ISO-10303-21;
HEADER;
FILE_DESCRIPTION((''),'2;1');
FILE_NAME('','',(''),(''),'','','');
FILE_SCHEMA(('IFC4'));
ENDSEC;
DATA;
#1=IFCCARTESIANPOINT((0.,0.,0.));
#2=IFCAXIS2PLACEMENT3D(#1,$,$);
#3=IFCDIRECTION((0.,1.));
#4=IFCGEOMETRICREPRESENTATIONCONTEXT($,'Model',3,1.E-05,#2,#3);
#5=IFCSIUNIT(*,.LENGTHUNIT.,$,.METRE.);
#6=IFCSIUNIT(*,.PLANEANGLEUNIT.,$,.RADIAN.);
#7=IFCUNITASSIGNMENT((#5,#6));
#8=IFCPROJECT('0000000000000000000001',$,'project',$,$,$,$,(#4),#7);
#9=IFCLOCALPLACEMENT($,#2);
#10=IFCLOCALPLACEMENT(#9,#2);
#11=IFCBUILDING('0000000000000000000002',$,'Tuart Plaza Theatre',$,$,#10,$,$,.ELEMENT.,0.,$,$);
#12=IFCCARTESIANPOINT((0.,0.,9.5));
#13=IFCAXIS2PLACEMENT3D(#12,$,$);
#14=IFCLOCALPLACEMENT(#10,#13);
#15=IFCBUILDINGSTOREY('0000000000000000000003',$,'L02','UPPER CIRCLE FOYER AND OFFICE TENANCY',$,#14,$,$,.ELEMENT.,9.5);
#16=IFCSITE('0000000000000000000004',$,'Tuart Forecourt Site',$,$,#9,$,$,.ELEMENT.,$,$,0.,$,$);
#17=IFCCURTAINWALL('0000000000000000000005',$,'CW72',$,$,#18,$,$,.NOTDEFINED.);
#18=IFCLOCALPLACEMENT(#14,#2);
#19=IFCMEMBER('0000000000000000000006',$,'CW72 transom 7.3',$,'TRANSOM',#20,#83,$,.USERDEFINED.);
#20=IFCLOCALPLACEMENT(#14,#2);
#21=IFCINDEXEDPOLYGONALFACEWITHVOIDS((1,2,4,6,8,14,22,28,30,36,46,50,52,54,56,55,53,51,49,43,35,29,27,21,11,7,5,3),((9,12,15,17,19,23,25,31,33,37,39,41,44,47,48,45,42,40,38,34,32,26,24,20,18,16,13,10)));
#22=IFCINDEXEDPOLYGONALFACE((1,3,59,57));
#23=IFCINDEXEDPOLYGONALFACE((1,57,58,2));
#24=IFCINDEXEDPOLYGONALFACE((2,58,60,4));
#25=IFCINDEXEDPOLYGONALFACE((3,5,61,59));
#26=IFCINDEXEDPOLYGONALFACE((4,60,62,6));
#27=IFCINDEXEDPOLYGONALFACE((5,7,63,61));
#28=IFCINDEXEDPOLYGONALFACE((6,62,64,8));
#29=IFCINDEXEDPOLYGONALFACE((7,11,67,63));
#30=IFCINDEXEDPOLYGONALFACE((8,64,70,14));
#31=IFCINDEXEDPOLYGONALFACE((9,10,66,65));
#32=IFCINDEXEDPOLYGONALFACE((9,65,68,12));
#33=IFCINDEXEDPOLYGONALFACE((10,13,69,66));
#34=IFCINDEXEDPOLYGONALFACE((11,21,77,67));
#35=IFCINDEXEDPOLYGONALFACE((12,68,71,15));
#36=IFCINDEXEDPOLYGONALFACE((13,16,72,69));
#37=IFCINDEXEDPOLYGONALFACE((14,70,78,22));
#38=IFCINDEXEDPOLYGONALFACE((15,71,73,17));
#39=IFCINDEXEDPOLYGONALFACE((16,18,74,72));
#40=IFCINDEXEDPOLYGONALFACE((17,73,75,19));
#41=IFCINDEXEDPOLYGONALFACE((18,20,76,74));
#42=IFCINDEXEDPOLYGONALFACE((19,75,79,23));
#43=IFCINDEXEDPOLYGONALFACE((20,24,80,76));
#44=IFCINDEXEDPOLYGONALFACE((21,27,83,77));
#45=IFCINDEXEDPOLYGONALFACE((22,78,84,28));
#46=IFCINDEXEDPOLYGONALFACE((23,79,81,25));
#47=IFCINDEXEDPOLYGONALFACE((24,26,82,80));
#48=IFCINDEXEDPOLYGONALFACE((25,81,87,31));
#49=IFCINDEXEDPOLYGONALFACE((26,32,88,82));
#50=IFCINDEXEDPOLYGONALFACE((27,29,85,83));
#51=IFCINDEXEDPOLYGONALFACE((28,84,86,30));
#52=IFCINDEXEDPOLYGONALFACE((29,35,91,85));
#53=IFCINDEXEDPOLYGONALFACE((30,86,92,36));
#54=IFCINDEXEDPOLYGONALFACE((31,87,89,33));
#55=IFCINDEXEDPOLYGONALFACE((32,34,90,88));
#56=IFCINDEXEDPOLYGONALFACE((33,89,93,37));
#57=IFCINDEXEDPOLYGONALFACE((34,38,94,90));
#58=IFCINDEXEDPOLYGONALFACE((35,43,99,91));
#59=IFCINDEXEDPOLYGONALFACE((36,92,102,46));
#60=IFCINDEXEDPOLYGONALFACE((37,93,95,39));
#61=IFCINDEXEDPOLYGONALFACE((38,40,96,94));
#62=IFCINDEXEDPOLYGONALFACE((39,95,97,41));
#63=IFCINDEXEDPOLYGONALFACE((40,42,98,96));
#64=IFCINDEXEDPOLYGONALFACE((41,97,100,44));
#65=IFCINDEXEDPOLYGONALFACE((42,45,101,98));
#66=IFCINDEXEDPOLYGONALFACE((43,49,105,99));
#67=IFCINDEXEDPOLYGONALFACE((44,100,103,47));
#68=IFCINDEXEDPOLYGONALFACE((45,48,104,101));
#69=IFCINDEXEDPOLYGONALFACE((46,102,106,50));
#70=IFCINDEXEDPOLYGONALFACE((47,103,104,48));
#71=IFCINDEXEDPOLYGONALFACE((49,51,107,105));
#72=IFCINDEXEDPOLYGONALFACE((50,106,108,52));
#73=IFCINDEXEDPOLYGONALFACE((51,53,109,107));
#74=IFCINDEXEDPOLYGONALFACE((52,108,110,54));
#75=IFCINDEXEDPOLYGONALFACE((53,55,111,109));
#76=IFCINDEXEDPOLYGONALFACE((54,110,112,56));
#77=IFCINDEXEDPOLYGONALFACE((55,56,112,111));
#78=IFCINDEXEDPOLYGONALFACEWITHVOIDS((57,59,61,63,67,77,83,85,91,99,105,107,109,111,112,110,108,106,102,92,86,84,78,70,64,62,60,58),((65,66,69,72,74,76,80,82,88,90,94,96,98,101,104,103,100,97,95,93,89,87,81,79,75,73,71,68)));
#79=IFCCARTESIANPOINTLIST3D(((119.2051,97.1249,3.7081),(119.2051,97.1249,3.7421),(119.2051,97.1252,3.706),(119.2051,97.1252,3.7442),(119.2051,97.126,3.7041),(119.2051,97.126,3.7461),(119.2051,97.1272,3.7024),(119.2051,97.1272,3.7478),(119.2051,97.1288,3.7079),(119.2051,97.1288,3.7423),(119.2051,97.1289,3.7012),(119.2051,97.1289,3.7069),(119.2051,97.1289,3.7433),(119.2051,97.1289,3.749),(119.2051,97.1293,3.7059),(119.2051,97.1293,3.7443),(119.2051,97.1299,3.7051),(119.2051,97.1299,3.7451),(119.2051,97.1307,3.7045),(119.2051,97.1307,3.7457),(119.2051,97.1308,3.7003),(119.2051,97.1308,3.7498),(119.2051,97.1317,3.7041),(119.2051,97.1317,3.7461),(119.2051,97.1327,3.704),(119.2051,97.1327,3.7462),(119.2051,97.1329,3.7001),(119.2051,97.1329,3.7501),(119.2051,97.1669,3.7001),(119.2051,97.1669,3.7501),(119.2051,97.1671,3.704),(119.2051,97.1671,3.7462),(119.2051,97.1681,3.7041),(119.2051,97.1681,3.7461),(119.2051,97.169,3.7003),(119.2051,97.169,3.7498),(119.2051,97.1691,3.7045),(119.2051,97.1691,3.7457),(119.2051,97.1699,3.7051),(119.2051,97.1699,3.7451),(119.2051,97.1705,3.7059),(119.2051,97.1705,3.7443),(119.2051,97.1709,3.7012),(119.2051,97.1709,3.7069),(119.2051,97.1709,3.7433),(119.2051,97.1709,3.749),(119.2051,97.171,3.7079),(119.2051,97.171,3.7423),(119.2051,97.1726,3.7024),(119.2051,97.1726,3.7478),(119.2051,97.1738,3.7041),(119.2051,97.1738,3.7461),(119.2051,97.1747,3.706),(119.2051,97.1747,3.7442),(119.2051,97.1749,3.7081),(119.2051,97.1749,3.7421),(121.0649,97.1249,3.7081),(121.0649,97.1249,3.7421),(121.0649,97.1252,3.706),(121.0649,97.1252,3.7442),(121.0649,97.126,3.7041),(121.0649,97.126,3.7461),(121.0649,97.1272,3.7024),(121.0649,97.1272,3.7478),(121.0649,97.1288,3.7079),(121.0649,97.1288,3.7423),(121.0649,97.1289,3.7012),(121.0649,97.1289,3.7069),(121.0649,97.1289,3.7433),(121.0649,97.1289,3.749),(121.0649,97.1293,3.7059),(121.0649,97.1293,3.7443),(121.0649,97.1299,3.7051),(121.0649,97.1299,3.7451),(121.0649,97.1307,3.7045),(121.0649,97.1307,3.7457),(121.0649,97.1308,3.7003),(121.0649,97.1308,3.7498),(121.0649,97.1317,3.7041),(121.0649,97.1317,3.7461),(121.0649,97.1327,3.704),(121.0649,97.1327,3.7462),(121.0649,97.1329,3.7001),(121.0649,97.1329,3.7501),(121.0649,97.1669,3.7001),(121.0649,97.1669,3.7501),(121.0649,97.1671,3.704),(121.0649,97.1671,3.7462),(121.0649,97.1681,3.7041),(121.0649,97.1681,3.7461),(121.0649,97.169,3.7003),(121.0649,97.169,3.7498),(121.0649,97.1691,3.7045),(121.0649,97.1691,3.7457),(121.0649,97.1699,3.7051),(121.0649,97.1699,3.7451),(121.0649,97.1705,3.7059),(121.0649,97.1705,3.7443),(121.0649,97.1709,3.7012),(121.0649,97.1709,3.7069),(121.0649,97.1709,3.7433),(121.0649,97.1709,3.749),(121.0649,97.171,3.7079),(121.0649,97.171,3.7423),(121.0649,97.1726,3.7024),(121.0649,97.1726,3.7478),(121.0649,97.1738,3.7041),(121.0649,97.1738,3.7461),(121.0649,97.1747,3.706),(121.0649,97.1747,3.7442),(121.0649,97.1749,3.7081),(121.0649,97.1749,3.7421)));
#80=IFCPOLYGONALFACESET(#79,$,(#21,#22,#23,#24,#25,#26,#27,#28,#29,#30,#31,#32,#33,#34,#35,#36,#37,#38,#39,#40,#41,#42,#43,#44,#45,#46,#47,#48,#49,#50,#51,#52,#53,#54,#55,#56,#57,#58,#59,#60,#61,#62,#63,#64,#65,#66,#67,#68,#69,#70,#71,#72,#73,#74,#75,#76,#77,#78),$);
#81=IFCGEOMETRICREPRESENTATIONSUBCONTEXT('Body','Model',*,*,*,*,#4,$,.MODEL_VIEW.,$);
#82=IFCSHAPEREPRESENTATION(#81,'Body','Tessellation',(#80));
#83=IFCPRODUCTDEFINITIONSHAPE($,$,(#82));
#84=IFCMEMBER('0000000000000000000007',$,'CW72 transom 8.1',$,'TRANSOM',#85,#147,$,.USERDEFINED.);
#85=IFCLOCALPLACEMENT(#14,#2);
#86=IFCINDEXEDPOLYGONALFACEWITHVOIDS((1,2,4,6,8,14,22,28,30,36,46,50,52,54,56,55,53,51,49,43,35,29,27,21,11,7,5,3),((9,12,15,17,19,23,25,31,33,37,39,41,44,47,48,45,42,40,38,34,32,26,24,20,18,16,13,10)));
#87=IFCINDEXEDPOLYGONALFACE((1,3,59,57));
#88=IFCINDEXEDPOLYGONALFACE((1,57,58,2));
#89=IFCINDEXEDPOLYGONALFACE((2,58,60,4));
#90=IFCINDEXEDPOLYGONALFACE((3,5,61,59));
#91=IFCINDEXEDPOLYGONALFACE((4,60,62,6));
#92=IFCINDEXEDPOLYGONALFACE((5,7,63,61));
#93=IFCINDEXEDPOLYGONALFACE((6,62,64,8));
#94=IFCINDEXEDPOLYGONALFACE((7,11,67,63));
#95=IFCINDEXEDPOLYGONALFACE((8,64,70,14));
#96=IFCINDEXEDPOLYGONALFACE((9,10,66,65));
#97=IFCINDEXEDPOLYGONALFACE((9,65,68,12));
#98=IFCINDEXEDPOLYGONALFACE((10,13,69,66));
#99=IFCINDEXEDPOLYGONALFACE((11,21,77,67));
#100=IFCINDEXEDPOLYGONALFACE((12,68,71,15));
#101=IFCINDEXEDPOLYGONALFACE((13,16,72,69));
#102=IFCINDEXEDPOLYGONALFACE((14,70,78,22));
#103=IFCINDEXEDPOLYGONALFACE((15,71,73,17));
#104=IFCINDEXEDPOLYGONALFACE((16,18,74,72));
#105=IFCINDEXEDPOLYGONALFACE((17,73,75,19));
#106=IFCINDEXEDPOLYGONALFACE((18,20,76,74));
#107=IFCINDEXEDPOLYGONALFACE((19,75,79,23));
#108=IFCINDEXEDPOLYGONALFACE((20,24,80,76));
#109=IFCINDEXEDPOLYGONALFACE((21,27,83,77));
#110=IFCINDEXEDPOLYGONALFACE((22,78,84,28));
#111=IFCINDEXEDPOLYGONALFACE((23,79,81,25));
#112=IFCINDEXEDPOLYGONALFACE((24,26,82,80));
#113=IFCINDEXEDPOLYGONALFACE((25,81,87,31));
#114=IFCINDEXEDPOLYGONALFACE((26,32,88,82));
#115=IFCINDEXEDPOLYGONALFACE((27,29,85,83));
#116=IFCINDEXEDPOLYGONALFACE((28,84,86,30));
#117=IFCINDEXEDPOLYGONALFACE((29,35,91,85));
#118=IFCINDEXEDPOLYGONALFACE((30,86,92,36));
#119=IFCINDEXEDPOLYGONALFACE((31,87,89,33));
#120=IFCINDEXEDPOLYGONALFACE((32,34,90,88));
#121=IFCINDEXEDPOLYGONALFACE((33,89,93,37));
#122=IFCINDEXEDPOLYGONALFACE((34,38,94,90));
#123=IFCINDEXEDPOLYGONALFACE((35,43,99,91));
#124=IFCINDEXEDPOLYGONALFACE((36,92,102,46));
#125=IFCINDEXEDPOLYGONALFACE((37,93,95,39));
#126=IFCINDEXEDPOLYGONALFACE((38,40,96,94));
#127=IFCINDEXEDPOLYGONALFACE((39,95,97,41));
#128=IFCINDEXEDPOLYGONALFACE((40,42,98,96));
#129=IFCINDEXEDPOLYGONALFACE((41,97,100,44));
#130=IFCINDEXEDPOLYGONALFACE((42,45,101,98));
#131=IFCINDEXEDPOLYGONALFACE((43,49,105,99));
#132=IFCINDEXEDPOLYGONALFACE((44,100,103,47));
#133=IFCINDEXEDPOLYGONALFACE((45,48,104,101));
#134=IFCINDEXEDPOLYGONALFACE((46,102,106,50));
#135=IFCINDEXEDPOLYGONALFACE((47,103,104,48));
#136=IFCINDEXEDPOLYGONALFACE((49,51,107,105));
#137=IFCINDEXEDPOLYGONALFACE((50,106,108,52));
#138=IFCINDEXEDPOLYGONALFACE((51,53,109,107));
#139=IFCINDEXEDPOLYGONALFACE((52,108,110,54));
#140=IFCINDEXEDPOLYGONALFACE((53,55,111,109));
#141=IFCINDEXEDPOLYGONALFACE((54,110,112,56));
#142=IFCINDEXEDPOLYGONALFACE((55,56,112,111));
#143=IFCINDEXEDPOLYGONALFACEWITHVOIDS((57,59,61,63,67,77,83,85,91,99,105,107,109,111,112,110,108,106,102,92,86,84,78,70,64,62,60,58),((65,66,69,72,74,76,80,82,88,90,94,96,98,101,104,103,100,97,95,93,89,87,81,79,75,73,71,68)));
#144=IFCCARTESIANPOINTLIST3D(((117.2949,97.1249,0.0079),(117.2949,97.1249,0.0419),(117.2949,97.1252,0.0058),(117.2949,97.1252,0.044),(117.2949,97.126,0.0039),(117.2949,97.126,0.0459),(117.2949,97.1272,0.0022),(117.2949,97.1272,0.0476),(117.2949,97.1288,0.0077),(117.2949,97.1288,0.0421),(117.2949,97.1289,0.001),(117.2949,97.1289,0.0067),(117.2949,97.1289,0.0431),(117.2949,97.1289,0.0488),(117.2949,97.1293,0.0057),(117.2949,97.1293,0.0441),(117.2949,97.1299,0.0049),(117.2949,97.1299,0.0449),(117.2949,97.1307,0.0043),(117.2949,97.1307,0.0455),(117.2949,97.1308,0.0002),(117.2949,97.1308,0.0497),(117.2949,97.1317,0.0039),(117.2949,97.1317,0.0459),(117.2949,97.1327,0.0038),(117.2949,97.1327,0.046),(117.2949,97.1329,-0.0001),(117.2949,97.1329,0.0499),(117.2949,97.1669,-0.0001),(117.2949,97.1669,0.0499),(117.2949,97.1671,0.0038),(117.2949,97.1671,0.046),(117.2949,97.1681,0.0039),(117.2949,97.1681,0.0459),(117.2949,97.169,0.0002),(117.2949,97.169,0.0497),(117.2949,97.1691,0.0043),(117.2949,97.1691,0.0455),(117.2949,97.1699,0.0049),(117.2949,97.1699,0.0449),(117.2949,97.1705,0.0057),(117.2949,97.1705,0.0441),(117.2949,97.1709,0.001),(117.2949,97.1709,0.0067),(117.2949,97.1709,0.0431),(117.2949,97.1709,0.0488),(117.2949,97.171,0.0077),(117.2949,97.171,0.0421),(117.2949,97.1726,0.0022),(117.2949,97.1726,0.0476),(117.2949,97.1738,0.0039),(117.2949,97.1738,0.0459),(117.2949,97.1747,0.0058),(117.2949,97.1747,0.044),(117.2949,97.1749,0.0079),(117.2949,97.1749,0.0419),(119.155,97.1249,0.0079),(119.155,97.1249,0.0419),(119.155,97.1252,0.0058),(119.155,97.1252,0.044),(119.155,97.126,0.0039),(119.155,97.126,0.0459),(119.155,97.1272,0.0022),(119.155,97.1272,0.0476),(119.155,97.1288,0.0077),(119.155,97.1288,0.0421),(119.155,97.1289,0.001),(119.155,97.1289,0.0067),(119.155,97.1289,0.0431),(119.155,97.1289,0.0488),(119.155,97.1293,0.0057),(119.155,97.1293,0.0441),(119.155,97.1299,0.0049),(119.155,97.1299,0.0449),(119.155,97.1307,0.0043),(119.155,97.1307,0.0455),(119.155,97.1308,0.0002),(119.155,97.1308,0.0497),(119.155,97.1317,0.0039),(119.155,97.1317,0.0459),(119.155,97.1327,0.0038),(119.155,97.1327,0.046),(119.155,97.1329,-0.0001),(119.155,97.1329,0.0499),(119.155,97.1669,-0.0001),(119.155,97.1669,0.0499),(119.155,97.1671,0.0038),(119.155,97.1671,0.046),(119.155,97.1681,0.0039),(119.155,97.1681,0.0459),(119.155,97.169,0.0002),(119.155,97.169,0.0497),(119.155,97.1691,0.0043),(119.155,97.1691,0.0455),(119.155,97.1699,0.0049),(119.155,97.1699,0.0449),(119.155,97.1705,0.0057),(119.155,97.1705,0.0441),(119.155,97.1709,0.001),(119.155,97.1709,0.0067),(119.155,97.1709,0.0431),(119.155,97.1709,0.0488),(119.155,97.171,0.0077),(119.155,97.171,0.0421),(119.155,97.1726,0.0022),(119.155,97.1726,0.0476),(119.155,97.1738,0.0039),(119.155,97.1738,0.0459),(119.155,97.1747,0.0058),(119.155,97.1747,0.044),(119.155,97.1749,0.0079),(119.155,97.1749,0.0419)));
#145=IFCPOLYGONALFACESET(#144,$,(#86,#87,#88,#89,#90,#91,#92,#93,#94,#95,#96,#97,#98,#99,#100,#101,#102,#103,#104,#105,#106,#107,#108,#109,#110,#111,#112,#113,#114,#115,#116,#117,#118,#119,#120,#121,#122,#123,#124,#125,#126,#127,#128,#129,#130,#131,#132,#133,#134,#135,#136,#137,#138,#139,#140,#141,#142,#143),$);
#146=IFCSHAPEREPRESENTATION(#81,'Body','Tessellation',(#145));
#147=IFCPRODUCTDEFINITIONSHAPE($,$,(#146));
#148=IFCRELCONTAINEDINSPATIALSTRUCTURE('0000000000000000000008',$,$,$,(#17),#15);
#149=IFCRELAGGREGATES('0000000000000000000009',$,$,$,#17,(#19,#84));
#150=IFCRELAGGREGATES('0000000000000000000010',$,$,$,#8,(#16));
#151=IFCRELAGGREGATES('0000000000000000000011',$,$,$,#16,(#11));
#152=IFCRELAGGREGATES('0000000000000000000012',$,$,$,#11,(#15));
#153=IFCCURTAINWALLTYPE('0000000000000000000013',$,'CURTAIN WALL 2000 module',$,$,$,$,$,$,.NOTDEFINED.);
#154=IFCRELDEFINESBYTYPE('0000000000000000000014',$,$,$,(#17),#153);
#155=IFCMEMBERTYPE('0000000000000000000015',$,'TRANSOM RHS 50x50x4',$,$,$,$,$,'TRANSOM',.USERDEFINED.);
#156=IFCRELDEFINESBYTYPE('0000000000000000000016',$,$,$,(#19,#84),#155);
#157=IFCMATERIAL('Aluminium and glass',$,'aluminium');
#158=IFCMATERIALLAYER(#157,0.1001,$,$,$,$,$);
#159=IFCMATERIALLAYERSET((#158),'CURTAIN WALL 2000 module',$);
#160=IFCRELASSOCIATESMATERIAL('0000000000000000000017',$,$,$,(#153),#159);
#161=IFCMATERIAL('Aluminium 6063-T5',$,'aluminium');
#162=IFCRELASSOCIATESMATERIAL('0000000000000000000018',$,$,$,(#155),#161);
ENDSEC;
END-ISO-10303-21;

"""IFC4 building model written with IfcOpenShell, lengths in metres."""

from ifc_helpers import new_model, si_unit, direction, frame, origin, origin_2d, place, context, subcontext, project, spatial, hollow_rectangle, extrude, material, layer, layer_set, material_profile, profile_set, type_object, element, aggregate, save


model = new_model("IFC4")

# Units and contexts
model_context = context("Model", 3, precision=1e-05, world=origin(), true_north=direction((0.0, 1.0)))
body_context = subcontext(model_context, "Body", "Model", "MODEL_VIEW")
ifc_project = project(units=[si_unit("LENGTHUNIT", "METRE"), si_unit("PLANEANGLEUNIT", "RADIAN")], contexts=[model_context])

# Site, building, storey
site_placement = place(None, origin())
site = spatial("IfcSite", under=ifc_project, at=site_placement, Name="Tuart Forecourt Site", CompositionType="ELEMENT", RefElevation=0.0)
building_placement = place(site_placement, origin())
building = spatial("IfcBuilding", under=site, at=building_placement, Name="Tuart Plaza Theatre", CompositionType="ELEMENT", ElevationOfRefHeight=0.0)
storey_placement = place(building_placement, frame((0.0, 0.0, 9.5)))
storey = spatial("IfcBuildingStorey", under=building, at=storey_placement, Name="L02", Description="UPPER CIRCLE FOYER AND OFFICE TENANCY", CompositionType="ELEMENT", Elevation=9.5)

# Curtain wall, members
ifc_material_1 = material(Name="Aluminium and glass", Category="aluminium")
ifc_layer_1 = layer(ifc_material_1, 0.1001)
ifc_layer_set_1 = layer_set([ifc_layer_1], Name="CURTAIN WALL 2000 module")
curtain_wall_type = type_object("IfcCurtainWallType", Name="CURTAIN WALL 2000 module", PredefinedType="NOTDEFINED", material=ifc_layer_set_1)
curtain_wall_placement = place(storey_placement, origin())
curtain_wall = element("IfcCurtainWall", 1, at=curtain_wall_placement, inside=storey, type_object=curtain_wall_type, Name="CW72", PredefinedType="NOTDEFINED")
ifc_material_2 = material(Name="Aluminium 6063-T5", Category="aluminium")
ifc_material_profile_1 = material_profile(ifc_material_2, hollow_rectangle(XDim=0.05, YDim=0.05, WallThickness=0.0039, InnerFilletRadius=0.0039, OuterFilletRadius=0.0081, at=origin_2d()), Name="RHS 50x50x4")
ifc_profile_set_1 = profile_set([ifc_material_profile_1], Name="Aluminium 6063-T5")
member_type_1 = type_object("IfcMemberType", Name="TRANSOM RHS 50x50x4", ElementType="TRANSOM", PredefinedType="USERDEFINED", material=ifc_profile_set_1)
member_1_placement = place(storey_placement, frame((121.0649, 97.1499, 3.7251), z_axis=(-1.0, 0.0, 0.0), x_axis=(0.0, -1.0, 0.0)))
member_1 = element("IfcMember", 2, at=member_1_placement, type_object=member_type_1, Name="CW72 transom 7.3", ObjectType="TRANSOM", PredefinedType="USERDEFINED", context=body_context, shape_type="SweptSolid", body=[
    extrude(hollow_rectangle(XDim=0.05, YDim=0.05, WallThickness=0.0039, InnerFilletRadius=0.0039, OuterFilletRadius=0.0081, at=origin_2d()), origin(), (0.0, 0.0, 1.0), 1.8599),
])
member_2_placement = place(storey_placement, frame((119.155, 97.1499, 0.0249), z_axis=(-1.0, 0.0, 0.0), x_axis=(0.0, -1.0, 0.0)))
member_2 = element("IfcMember", 3, at=member_2_placement, type_object=member_type_1, Name="CW72 transom 8.1", ObjectType="TRANSOM", PredefinedType="USERDEFINED", context=body_context, shape_type="SweptSolid", body=[
    extrude(hollow_rectangle(XDim=0.05, YDim=0.05, WallThickness=0.0039, InnerFilletRadius=0.0039, OuterFilletRadius=0.0081, at=origin_2d()), origin(), (0.0, 0.0, 1.0), 1.8601),
])
aggregate(curtain_wall, [member_1, member_2])

save(model, "model.ifc")
